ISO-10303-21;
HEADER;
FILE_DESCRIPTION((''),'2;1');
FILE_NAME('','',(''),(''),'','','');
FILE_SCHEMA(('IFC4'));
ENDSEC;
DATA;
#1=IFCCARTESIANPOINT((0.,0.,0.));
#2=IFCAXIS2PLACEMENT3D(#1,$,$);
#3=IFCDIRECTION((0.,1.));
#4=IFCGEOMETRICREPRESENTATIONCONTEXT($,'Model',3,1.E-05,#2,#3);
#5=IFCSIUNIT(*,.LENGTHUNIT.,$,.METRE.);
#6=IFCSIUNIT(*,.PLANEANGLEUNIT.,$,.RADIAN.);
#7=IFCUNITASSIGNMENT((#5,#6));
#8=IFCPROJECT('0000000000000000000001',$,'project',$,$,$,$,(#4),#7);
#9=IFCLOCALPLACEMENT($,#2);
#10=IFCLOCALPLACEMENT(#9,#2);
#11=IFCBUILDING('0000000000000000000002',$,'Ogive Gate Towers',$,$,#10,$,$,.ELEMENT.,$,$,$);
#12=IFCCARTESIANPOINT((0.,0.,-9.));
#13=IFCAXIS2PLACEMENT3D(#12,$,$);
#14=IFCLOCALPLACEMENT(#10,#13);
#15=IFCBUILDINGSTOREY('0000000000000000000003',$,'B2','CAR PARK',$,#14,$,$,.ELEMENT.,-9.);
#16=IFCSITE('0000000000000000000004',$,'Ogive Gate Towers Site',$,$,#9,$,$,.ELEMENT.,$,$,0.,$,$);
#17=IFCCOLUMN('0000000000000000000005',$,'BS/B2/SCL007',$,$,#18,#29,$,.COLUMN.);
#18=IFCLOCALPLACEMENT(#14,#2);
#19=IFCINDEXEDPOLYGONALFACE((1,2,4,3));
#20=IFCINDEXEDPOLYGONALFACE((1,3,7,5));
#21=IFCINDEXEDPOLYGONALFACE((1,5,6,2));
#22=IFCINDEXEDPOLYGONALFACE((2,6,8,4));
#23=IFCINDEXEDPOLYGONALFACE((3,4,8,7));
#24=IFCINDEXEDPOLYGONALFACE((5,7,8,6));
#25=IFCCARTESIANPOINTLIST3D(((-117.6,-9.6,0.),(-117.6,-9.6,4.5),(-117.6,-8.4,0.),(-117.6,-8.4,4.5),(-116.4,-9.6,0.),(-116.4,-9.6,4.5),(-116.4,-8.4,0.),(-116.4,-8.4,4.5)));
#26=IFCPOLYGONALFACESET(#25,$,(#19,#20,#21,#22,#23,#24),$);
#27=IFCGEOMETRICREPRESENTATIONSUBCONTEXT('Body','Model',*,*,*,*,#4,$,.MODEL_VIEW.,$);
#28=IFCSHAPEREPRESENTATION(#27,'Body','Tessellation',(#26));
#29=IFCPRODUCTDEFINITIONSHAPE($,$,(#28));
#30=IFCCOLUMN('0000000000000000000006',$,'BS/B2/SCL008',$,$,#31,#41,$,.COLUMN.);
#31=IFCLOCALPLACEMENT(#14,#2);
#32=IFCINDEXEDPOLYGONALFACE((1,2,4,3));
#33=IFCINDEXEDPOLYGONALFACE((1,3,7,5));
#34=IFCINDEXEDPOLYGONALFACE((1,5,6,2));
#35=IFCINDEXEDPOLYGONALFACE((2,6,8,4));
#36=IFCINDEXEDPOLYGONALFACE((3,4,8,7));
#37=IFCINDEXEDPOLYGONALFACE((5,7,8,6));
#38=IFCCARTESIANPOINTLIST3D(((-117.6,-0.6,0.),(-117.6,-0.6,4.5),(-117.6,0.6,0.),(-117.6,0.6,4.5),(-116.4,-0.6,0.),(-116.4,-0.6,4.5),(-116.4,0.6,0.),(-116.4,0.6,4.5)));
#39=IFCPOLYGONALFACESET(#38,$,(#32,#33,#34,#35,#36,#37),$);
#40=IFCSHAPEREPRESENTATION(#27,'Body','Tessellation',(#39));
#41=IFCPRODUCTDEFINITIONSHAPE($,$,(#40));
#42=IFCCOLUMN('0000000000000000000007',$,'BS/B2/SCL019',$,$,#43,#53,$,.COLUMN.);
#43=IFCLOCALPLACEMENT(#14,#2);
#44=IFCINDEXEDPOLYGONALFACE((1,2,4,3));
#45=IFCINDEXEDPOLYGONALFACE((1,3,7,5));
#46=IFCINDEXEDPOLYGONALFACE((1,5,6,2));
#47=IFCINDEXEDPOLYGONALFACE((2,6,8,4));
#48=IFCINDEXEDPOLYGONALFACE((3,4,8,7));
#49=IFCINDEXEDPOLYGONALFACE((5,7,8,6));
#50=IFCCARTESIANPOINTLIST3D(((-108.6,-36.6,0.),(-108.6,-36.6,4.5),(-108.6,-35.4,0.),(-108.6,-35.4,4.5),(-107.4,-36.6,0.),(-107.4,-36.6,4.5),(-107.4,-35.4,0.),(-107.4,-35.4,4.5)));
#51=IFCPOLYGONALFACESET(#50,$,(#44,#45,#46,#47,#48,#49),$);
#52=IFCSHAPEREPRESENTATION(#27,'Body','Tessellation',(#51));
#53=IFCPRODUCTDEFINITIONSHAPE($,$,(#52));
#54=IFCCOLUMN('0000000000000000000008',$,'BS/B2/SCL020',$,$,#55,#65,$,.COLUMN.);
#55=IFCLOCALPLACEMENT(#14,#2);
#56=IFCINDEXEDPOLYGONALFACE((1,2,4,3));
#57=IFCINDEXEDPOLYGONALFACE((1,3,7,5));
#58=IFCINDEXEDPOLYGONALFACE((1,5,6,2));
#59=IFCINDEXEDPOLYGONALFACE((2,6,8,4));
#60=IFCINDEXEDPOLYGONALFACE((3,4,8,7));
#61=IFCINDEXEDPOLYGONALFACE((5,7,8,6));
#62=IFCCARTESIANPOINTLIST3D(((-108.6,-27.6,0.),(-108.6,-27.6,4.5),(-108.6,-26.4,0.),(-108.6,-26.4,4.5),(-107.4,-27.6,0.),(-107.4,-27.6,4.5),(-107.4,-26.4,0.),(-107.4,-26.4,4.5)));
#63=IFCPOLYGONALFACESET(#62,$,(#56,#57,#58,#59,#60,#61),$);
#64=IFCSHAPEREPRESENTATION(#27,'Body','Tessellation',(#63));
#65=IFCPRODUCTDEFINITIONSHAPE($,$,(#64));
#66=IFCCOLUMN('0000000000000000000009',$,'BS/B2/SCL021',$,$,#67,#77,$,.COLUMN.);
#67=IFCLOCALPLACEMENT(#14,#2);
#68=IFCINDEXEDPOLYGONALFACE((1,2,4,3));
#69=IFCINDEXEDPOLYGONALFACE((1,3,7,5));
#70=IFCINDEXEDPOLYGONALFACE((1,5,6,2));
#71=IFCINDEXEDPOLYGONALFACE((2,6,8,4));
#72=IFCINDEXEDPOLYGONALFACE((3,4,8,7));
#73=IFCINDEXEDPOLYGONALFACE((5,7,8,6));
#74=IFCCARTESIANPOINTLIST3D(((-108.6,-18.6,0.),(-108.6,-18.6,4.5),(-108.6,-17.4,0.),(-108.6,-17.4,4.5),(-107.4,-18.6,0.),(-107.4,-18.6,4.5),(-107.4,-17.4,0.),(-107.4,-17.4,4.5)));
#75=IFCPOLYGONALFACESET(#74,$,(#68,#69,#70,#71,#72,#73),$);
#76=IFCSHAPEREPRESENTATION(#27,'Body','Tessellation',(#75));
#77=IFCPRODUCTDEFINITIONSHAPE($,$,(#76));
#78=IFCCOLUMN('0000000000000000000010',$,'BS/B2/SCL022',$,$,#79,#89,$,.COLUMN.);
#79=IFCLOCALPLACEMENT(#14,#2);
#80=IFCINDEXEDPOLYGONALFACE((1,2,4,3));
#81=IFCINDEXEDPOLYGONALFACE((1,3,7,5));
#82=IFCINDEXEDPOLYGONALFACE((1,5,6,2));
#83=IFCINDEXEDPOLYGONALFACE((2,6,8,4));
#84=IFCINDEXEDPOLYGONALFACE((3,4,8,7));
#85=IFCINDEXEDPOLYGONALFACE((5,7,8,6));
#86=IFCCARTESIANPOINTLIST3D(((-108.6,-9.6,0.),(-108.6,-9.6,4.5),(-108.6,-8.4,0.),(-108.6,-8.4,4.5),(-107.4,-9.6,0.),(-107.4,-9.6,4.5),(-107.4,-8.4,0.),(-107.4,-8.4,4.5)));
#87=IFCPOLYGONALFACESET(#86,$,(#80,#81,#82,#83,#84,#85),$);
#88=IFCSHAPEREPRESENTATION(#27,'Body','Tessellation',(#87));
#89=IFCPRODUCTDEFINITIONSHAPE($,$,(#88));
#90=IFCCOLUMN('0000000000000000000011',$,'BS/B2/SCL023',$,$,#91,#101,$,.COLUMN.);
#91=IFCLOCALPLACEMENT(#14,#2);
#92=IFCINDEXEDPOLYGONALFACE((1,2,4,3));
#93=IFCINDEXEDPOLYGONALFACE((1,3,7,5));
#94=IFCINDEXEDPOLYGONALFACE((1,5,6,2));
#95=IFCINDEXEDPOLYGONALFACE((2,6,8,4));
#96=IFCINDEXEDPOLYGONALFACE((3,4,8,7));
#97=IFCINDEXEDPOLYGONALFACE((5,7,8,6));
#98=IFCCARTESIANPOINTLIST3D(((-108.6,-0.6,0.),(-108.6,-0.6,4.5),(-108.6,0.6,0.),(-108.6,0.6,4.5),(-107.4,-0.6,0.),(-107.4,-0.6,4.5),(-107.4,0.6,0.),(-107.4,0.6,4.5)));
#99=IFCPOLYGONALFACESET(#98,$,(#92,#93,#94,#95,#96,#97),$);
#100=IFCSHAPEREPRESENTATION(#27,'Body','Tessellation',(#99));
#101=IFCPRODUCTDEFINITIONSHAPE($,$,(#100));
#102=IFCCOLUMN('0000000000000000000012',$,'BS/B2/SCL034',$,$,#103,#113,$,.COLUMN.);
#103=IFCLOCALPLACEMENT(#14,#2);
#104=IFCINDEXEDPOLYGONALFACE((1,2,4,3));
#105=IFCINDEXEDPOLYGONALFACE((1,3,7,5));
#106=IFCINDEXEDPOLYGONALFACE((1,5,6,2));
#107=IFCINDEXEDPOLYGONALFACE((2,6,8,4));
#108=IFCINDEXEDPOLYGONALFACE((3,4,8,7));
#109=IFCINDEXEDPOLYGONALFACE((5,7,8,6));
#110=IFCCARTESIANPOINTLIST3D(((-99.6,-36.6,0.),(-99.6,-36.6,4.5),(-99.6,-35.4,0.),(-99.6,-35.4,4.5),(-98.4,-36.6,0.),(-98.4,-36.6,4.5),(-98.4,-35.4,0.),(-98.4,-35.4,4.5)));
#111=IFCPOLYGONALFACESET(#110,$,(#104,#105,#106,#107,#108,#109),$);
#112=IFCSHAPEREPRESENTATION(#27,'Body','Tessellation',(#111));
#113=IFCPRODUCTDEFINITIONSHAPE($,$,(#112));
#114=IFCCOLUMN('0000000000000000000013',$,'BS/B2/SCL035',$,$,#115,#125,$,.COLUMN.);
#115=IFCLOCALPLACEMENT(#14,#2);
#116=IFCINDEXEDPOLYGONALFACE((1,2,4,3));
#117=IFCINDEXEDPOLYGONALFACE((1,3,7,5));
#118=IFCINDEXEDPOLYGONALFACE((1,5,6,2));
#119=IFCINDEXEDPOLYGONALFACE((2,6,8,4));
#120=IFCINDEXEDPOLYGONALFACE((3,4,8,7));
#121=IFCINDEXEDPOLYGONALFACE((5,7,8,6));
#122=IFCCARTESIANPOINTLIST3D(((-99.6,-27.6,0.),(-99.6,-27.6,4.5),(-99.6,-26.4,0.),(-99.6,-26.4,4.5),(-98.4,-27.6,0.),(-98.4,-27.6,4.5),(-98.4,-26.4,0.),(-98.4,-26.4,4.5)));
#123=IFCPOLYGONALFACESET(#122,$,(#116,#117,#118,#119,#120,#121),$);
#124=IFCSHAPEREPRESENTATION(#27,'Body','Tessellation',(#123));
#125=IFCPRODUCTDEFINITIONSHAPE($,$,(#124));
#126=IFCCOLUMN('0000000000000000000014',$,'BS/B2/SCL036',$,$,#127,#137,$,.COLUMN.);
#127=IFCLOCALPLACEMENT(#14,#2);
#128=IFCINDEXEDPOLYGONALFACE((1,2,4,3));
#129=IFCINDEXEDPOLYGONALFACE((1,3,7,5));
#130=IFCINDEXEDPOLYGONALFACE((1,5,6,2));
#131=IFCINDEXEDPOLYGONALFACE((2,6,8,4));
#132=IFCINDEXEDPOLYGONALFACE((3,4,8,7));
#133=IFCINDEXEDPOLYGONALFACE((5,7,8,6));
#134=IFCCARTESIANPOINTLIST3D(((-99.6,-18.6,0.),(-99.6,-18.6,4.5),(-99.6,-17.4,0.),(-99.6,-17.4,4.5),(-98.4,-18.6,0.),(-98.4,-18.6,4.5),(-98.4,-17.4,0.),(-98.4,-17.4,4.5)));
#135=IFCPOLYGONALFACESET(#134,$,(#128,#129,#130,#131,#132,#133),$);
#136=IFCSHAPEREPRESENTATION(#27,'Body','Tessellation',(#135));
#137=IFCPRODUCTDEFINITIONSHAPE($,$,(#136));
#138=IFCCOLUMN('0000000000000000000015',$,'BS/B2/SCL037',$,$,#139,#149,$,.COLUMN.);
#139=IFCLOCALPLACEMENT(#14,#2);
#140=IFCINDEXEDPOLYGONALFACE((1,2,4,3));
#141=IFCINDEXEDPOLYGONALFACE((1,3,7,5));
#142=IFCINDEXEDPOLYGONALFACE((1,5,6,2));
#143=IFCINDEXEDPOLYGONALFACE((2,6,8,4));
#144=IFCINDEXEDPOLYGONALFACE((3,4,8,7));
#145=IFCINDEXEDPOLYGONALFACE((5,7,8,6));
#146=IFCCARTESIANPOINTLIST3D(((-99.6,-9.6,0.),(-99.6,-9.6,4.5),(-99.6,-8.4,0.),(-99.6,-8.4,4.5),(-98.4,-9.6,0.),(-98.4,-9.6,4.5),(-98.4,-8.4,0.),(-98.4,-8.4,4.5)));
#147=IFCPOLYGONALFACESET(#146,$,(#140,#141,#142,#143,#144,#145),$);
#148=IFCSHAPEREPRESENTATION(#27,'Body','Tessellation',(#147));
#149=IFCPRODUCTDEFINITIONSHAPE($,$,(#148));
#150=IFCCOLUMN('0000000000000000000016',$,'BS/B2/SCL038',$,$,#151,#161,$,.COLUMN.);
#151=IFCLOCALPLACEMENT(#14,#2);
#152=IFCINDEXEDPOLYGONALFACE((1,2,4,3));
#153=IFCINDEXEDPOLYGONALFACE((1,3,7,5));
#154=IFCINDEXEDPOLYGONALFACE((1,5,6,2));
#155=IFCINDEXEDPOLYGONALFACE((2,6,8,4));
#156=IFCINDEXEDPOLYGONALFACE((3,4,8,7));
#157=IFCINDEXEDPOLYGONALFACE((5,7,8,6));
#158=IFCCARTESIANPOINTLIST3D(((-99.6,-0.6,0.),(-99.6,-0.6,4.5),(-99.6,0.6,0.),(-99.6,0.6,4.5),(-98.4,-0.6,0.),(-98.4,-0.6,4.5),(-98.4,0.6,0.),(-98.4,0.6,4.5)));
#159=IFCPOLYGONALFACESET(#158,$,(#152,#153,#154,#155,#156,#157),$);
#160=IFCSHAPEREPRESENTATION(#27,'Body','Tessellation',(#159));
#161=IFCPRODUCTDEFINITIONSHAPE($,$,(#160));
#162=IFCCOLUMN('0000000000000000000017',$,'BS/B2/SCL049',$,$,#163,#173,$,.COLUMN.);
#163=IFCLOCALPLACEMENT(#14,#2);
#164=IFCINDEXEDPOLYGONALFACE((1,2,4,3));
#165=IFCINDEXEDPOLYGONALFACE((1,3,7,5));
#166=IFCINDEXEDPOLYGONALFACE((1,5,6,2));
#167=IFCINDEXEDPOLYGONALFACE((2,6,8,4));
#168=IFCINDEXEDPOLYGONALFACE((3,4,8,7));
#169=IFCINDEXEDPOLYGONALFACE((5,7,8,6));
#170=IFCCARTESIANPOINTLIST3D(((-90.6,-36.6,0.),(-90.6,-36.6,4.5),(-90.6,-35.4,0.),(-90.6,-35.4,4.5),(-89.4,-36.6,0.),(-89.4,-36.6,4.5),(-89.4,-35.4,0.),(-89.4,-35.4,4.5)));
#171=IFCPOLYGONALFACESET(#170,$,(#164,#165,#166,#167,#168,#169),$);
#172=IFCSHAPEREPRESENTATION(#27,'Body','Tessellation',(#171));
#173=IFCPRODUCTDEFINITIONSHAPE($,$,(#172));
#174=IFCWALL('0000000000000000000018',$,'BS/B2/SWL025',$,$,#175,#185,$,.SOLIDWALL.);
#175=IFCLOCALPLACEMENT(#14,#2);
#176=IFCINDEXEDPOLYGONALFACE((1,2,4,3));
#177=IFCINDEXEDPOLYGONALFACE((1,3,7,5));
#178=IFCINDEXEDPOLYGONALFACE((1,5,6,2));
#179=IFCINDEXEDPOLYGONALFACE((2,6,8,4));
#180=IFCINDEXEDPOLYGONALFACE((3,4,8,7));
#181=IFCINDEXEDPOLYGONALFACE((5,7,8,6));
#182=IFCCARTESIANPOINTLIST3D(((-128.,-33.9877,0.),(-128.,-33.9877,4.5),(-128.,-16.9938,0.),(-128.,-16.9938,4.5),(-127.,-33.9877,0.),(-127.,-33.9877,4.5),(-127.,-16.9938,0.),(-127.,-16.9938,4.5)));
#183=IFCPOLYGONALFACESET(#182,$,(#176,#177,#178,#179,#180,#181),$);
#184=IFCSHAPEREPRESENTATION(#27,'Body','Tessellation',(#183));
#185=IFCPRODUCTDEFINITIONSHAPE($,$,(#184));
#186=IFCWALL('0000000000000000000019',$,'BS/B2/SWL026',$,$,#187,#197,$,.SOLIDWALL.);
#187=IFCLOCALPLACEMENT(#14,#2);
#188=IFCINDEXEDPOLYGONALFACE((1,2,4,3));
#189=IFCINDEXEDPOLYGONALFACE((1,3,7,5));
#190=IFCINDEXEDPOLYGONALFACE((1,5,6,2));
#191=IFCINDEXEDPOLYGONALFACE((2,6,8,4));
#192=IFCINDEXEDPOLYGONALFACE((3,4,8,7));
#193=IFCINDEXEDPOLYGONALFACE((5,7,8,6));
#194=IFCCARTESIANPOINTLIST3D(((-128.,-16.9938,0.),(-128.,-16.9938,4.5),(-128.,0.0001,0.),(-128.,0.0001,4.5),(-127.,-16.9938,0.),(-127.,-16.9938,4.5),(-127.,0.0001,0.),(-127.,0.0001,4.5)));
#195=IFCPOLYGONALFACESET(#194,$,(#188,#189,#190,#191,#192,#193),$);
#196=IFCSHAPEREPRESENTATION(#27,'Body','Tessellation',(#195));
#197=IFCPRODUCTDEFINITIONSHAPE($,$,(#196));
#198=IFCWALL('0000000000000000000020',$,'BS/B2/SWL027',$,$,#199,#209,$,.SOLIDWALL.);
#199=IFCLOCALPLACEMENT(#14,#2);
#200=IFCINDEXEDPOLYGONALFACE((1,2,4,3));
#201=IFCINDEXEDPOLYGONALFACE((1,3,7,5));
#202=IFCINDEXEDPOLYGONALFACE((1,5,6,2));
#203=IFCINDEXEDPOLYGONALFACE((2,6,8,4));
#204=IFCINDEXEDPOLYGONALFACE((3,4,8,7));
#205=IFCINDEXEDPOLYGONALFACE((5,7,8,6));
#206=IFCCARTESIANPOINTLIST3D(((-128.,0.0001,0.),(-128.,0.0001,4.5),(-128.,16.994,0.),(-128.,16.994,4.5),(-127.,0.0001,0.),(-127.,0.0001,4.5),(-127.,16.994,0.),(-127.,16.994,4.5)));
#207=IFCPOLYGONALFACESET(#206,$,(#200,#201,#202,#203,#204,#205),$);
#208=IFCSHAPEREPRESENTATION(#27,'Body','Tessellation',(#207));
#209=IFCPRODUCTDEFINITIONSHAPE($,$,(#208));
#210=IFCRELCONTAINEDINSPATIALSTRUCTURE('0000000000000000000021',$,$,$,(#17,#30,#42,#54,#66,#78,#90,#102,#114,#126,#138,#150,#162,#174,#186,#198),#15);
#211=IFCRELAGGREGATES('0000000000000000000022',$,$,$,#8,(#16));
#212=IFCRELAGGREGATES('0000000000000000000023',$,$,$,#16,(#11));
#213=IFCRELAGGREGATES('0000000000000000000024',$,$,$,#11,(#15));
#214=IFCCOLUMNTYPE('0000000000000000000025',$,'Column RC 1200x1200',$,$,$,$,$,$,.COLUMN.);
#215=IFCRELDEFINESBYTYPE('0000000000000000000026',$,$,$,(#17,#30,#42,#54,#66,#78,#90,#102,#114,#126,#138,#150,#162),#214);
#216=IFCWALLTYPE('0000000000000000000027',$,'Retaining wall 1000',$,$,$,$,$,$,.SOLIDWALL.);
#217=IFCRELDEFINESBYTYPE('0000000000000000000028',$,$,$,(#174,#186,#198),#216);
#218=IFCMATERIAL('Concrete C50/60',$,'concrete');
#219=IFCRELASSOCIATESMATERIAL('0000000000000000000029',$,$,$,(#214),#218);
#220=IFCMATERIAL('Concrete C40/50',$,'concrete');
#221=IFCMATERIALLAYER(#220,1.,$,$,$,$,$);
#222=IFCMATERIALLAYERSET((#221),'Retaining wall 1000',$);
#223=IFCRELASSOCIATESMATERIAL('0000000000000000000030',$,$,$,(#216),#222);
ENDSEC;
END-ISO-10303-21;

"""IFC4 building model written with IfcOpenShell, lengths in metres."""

from ifc_helpers import new_model, si_unit, direction, frame, frame_2d, origin, origin_2d, place, context, subcontext, project, spatial, rectangle, extrude, material, layer, layer_set, material_profile, profile_set, type_object, element, save


model = new_model("IFC4")

# Units and contexts
model_context = context("Model", 3, precision=1e-05, world=origin(), true_north=direction((0.0, 1.0)))
body_context = subcontext(model_context, "Body", "Model", "MODEL_VIEW")
ifc_project = project(units=[si_unit("LENGTHUNIT", "METRE"), si_unit("PLANEANGLEUNIT", "RADIAN")], contexts=[model_context])

# Site, building, storey
site_placement = place(None, origin())
site = spatial("IfcSite", under=ifc_project, at=site_placement, Name="Ogive Gate Towers Site", CompositionType="ELEMENT", RefElevation=0.0)
building_placement = place(site_placement, origin())
building = spatial("IfcBuilding", under=site, at=building_placement, Name="Ogive Gate Towers", CompositionType="ELEMENT")
storey_placement = place(building_placement, frame((0.0, 0.0, -9.0)))
storey = spatial("IfcBuildingStorey", under=building, at=storey_placement, Name="B2", Description="CAR PARK", CompositionType="ELEMENT", Elevation=-9.0)

# Shared definitions
ifc_material_1 = material(Name="Concrete C40/50", Category="concrete")

# Columns
ifc_material_2 = material(Name="Concrete C50/60", Category="concrete")
ifc_material_profile_1 = material_profile(ifc_material_2, rectangle(XDim=1.2, YDim=1.2, at=origin_2d()), Name="RC 1200x1200")
ifc_profile_set_1 = profile_set([ifc_material_profile_1], Name="Concrete C50/60")
column_type = type_object("IfcColumnType", Name="Column RC 1200x1200", PredefinedType="COLUMN", material=ifc_profile_set_1)
for number, where, z_axis, x_axis, name in (
    (1, (-117.0, -9.0, 0.0), (0.0, 0.0, 1.0), (1.0, 0.0, 0.0), "BS/B2/SCL007"),
    (2, (-117.0, 0.0, 0.0), (0.0, 0.0, 1.0), (1.0, 0.0, 0.0), "BS/B2/SCL008"),
    (3, (-108.0, -36.0, 0.0), (0.0, 0.0, 1.0), (1.0, 0.0, 0.0), "BS/B2/SCL019"),
    (4, (-108.0, -27.0, 0.0), (0.0, 0.0, 1.0), (1.0, 0.0, 0.0), "BS/B2/SCL020"),
    (5, (-108.0, -18.0, 0.0), (0.0, 0.0, 1.0), (1.0, 0.0, 0.0), "BS/B2/SCL021"),
    (6, (-108.0, -9.0, 0.0), (0.0, 0.0, 1.0), (1.0, 0.0, 0.0), "BS/B2/SCL022"),
    (7, (-108.0, 0.0, 0.0), (0.0, 0.0, 1.0), (1.0, 0.0, 0.0), "BS/B2/SCL023"),
    (8, (-99.0, -36.0, 0.0), (0.0, 0.0, 1.0), (1.0, 0.0, 0.0), "BS/B2/SCL034"),
    (9, (-99.0, -27.0, 0.0), (0.0, 0.0, 1.0), (1.0, 0.0, 0.0), "BS/B2/SCL035"),
    (10, (-99.0, -18.0, 0.0), (0.0, 0.0, 1.0), (1.0, 0.0, 0.0), "BS/B2/SCL036"),
    (11, (-99.0, -9.0, 0.0), (0.0, 0.0, 1.0), (1.0, 0.0, 0.0), "BS/B2/SCL037"),
    (12, (-99.0, 0.0, 0.0), (0.0, 0.0, 1.0), (1.0, 0.0, 0.0), "BS/B2/SCL038"),
    (13, (-90.0, -36.0, 0.0), (0.0, 0.0, 1.0), (1.0, 0.0, 0.0), "BS/B2/SCL049"),
):
    element("IfcColumn", number, at=place(storey_placement, frame(where, z_axis=z_axis, x_axis=x_axis)), inside=storey, type_object=column_type, Name=name, PredefinedType="COLUMN", context=body_context, shape_type="SweptSolid", body=[
        extrude(rectangle(XDim=1.2, YDim=1.2, at=origin_2d()), origin(), (0.0, 0.0, 1.0), 4.5),
    ])

# Walls
ifc_layer = layer(ifc_material_1, 1.0)
ifc_layer_set = layer_set([ifc_layer], Name="Retaining wall 1000")
wall_type = type_object("IfcWallType", Name="Retaining wall 1000", PredefinedType="SOLIDWALL", material=ifc_layer_set)
for number, where, z_axis, x_axis, name in (
    (14, (-127.5, -33.9878, 0.0), (0.0, 0.0, 1.0), (0.0, 1.0, 0.0), "BS/B2/SWL025"),
    (15, (-127.5, -16.9939, 0.0), (0.0, 0.0, 1.0), (0.0, 1.0, 0.0), "BS/B2/SWL026"),
    (16, (-127.5, 0.0, 0.0), (0.0, 0.0, 1.0), (0.0, 1.0, 0.0), "BS/B2/SWL027"),
):
    element("IfcWall", number, at=place(storey_placement, frame(where, z_axis=z_axis, x_axis=x_axis)), inside=storey, type_object=wall_type, Name=name, PredefinedType="SOLIDWALL", context=body_context, shape_type="SweptSolid", body=[
        extrude(rectangle(XDim=16.9939, YDim=1.0, at=frame_2d((8.4971, 0.0))), origin(), (0.0, 0.0, 1.0), 4.5),
    ])

save(model, "model.ifc")
